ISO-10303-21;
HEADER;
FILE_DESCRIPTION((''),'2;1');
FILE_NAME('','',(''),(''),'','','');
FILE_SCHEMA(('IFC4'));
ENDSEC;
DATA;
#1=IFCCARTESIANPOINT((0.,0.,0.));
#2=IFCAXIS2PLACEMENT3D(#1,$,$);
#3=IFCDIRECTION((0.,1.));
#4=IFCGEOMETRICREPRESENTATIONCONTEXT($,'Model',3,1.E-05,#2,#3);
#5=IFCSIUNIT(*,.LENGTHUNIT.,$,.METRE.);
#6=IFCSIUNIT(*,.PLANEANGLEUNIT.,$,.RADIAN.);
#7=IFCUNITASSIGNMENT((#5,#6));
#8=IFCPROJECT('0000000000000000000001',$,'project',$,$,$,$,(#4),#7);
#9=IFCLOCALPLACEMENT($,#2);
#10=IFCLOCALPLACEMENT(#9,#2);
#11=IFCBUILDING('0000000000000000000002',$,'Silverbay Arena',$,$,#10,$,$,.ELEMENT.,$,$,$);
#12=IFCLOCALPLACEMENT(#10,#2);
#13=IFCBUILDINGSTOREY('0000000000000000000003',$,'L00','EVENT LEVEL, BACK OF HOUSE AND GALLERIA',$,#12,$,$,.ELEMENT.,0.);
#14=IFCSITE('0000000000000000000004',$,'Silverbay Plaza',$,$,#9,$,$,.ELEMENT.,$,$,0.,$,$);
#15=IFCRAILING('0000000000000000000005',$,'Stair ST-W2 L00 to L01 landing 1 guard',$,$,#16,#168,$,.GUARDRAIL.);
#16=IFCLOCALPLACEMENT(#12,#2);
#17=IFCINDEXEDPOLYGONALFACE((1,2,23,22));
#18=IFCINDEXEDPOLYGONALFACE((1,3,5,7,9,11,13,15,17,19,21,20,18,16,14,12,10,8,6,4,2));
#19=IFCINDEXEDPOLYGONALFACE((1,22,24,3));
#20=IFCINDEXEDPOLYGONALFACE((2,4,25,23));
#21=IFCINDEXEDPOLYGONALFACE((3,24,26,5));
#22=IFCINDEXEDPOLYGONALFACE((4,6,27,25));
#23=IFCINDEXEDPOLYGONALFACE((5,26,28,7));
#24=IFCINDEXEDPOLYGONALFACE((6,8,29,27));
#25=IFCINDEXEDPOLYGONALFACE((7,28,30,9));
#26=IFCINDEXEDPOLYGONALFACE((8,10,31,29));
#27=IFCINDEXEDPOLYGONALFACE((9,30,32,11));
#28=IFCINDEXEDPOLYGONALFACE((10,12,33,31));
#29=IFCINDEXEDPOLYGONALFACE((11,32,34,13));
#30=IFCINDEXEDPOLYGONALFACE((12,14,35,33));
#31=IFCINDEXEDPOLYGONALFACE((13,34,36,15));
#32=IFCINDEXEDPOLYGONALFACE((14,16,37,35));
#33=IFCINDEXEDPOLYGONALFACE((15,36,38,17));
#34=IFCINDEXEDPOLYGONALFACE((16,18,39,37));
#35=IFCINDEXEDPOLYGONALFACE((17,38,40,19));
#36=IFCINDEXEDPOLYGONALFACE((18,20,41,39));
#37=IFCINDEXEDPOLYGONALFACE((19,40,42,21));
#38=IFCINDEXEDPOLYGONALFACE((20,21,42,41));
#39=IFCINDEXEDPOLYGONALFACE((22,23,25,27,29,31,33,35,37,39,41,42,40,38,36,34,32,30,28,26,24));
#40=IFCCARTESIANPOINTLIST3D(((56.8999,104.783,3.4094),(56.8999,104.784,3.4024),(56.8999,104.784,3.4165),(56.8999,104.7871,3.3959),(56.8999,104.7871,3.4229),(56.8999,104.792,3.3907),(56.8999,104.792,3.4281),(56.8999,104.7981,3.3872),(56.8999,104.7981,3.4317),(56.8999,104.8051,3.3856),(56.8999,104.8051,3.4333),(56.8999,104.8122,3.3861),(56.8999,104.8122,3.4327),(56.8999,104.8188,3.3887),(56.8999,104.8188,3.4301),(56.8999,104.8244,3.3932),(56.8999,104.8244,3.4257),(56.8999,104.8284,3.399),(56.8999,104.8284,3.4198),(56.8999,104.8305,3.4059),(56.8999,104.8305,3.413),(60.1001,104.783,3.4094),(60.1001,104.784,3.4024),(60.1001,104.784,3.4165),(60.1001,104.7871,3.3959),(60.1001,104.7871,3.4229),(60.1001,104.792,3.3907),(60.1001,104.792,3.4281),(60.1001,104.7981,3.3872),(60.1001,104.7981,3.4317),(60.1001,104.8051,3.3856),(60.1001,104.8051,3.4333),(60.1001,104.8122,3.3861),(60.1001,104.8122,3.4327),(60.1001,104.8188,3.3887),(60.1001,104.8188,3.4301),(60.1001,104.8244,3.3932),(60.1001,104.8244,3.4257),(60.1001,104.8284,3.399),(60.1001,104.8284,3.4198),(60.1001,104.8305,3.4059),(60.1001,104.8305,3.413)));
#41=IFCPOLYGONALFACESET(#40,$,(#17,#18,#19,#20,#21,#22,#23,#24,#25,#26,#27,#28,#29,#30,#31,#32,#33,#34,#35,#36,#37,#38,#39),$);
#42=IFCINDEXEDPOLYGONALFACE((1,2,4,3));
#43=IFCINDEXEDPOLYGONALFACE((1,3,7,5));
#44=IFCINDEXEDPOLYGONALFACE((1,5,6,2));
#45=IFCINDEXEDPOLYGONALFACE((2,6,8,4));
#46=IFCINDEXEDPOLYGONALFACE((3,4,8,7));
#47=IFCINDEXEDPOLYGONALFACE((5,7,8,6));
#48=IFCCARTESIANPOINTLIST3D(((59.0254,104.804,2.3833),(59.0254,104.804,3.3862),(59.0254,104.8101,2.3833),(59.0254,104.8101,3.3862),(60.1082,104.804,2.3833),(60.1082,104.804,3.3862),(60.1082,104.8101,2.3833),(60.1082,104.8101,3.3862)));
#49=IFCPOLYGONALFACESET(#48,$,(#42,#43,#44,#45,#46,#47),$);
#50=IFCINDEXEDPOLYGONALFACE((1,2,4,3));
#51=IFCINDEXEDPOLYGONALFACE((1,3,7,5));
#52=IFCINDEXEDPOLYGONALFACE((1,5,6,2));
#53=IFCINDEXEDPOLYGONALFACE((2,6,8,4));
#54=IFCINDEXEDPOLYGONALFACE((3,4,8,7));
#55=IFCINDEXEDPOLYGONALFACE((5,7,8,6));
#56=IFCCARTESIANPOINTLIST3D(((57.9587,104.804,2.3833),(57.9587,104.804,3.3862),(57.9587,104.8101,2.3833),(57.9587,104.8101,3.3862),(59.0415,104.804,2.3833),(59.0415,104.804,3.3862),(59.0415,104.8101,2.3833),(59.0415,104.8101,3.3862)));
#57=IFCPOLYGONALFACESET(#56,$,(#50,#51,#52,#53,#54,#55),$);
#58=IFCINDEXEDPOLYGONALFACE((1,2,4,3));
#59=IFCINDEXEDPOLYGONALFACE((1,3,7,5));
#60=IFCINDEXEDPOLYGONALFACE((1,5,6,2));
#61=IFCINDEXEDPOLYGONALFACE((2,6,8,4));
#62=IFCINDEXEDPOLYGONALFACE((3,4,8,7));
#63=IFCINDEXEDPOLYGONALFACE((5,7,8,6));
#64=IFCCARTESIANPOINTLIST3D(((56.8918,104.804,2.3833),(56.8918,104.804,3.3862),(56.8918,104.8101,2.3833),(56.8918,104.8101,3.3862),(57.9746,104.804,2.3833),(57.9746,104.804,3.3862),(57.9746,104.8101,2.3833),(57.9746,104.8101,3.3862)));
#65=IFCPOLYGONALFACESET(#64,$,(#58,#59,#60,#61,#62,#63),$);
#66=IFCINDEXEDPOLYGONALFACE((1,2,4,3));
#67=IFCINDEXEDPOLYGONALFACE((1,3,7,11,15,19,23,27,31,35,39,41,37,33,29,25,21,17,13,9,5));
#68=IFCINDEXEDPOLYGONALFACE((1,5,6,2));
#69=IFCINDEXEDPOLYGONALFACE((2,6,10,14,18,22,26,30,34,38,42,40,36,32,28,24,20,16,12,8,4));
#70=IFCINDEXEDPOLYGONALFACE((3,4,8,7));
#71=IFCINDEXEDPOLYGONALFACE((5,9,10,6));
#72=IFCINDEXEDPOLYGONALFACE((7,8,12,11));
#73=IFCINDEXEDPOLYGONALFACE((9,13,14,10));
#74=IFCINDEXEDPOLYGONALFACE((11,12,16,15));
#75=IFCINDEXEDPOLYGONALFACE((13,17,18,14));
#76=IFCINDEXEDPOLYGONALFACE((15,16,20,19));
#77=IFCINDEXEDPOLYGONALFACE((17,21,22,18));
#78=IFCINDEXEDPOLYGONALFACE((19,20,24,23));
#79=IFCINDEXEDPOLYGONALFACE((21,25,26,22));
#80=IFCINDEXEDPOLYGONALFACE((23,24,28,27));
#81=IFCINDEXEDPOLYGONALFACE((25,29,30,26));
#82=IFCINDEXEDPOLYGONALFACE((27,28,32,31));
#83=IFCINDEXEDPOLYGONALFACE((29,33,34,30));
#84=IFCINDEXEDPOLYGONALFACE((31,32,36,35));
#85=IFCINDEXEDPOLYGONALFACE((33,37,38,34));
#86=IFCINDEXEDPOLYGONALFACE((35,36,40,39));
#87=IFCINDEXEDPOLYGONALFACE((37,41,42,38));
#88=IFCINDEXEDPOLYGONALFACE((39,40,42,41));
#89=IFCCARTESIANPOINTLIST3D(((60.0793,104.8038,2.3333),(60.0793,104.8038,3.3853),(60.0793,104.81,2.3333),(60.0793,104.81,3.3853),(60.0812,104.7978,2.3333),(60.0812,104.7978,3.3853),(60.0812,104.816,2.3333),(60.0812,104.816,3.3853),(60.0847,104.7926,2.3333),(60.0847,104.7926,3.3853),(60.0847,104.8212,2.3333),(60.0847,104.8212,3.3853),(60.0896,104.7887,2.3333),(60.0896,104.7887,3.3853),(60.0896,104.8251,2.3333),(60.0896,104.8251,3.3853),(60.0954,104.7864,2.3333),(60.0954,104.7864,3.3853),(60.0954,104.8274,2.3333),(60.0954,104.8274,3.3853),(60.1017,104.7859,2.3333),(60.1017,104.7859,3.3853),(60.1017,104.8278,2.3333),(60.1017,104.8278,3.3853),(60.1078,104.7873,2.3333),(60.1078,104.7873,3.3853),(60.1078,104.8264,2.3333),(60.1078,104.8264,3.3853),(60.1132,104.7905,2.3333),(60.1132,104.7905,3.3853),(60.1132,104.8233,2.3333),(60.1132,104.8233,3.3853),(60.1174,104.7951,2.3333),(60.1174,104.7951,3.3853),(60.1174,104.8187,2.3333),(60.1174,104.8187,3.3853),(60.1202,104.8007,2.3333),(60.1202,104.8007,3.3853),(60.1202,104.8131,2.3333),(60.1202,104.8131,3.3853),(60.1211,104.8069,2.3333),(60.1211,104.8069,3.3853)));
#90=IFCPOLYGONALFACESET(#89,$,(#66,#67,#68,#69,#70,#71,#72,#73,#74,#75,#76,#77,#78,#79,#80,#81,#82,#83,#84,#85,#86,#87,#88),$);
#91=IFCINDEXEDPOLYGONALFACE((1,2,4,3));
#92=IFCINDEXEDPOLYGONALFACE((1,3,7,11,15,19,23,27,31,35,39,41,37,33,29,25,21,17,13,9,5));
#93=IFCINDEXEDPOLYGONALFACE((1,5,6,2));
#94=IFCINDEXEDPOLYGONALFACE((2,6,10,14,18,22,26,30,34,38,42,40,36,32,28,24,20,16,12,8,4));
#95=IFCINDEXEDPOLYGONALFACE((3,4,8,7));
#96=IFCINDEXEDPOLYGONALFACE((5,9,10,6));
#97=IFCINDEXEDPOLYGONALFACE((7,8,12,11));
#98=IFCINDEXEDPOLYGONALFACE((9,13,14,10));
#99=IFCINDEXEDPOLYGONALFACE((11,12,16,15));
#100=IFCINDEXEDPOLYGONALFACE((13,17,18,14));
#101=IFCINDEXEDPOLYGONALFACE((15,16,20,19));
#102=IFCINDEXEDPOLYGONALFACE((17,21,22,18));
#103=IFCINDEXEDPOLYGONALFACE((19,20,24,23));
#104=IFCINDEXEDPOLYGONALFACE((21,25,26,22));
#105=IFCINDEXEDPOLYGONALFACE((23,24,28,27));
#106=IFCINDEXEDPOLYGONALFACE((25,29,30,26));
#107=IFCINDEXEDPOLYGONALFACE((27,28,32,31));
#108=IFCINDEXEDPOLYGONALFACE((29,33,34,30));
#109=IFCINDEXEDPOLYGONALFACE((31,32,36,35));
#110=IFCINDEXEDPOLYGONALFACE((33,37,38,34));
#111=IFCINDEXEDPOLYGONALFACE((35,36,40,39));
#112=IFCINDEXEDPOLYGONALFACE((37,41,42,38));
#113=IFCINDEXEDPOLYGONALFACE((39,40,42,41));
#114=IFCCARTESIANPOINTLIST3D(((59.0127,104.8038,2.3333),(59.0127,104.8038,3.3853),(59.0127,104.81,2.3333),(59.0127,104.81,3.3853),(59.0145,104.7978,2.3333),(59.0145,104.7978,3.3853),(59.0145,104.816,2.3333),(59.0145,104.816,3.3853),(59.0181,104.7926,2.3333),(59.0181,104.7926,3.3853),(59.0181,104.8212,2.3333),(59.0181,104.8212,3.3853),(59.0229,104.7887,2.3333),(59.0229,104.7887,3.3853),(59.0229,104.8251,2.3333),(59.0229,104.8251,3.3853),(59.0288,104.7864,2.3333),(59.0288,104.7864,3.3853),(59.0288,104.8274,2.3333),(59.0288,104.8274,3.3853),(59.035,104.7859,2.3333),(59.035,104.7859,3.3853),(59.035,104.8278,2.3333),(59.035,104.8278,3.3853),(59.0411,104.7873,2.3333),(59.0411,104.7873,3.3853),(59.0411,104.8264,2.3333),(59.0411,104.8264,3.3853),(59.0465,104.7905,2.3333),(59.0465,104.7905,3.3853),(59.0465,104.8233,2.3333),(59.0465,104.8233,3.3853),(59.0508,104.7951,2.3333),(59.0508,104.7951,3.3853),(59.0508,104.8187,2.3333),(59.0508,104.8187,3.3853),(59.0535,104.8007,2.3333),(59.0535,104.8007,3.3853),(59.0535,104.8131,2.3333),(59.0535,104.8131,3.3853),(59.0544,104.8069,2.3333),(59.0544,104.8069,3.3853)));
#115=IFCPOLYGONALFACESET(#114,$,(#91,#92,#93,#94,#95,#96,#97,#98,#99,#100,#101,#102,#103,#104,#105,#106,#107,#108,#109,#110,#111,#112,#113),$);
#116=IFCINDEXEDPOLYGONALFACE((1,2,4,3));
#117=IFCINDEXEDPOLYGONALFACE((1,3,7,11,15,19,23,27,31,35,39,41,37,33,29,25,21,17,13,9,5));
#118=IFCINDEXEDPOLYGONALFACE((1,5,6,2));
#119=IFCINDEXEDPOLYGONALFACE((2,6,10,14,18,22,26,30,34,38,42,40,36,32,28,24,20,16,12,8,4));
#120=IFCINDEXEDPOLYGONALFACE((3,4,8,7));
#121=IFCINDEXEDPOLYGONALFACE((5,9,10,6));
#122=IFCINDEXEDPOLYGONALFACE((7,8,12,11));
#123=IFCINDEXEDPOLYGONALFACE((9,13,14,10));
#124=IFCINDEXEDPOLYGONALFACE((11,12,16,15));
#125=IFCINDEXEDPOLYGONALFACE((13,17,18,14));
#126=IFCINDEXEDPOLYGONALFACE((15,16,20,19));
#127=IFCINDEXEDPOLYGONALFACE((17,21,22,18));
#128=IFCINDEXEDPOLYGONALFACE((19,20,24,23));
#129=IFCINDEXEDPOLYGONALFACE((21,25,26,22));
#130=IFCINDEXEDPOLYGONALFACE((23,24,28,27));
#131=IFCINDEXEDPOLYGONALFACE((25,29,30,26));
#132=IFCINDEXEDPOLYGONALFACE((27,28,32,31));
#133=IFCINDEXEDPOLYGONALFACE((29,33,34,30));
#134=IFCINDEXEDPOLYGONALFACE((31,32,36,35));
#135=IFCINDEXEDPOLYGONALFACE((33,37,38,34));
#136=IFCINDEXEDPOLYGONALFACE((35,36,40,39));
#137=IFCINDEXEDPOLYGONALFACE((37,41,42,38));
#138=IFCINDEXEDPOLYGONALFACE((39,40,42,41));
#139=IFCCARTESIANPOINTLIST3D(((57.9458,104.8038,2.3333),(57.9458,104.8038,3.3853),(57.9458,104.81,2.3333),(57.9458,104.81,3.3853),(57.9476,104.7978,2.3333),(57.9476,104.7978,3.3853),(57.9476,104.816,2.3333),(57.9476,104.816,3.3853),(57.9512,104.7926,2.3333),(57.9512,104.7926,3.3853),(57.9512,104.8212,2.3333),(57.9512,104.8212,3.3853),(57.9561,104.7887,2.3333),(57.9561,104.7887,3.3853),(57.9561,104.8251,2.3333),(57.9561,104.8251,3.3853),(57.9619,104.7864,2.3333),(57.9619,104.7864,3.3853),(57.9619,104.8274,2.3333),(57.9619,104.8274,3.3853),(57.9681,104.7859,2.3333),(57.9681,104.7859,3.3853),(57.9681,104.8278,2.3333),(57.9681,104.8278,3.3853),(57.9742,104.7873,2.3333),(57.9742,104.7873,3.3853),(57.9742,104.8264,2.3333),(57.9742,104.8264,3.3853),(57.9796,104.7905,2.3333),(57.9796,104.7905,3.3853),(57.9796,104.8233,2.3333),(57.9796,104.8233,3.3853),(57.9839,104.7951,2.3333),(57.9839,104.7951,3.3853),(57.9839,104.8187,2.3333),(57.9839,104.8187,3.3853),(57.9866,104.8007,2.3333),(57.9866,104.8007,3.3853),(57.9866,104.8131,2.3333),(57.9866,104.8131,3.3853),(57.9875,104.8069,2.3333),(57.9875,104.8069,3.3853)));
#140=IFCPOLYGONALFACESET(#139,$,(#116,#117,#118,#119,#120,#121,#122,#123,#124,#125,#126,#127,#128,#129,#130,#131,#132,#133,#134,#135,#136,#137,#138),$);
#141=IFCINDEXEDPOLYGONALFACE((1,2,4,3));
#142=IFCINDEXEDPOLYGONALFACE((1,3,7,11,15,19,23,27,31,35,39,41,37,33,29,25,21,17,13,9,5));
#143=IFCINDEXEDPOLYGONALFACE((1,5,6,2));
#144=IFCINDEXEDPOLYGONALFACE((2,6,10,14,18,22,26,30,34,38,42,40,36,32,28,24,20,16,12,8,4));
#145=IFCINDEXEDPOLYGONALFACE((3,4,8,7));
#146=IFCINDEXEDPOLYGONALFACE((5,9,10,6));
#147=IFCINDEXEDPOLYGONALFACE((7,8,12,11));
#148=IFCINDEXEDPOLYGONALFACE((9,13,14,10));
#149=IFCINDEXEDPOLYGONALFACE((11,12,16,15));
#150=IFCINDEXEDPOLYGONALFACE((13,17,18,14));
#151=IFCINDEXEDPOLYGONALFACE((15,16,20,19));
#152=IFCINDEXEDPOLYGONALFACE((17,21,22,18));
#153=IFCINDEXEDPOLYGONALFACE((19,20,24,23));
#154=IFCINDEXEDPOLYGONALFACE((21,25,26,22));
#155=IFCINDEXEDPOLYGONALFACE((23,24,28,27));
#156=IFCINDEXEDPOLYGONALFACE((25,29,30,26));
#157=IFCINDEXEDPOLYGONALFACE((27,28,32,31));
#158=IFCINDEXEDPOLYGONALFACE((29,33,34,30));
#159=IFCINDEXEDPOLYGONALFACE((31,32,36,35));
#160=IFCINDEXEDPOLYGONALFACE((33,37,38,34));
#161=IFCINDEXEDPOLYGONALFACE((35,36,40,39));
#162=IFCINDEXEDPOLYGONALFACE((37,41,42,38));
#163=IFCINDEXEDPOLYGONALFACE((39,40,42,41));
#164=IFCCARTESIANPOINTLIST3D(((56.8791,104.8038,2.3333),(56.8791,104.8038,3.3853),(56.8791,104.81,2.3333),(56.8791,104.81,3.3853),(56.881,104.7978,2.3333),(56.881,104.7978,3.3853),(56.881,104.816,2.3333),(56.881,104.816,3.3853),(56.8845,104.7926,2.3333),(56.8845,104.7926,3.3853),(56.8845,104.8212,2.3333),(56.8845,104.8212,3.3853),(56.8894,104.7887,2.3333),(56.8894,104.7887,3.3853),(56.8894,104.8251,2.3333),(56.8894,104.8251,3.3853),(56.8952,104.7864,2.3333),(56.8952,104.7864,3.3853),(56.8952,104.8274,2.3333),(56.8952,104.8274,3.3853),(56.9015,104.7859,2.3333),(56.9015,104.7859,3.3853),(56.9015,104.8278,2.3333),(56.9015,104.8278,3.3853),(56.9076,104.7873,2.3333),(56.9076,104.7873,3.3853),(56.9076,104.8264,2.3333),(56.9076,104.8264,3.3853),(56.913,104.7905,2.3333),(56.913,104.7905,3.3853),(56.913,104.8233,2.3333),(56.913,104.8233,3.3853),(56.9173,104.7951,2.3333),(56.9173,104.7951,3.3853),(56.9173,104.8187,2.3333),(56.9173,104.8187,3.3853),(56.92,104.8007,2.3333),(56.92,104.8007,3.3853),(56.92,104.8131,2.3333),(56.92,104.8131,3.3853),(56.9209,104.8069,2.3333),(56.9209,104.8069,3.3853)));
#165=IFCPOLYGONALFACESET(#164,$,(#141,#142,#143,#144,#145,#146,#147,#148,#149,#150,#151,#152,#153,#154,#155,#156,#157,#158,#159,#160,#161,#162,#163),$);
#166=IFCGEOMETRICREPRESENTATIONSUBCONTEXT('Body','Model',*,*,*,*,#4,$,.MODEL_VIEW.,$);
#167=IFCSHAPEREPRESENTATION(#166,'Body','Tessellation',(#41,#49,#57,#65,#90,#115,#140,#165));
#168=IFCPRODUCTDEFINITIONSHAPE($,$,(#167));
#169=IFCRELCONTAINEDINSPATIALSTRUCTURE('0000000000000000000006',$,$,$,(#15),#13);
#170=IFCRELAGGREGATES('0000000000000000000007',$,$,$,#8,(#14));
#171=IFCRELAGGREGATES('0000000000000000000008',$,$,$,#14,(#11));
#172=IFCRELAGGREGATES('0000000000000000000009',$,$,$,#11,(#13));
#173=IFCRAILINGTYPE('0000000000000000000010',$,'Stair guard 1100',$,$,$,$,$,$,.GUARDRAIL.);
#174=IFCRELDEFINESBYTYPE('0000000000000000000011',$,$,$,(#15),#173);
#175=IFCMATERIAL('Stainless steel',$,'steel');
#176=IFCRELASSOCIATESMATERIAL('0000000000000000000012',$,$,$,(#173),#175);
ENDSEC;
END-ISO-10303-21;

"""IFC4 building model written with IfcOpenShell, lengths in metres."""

from ifc_helpers import new_model, si_unit, direction, frame, origin, origin_2d, place, context, subcontext, project, spatial, polyline, circle, outline, extrude, material, type_object, element, save


model = new_model("IFC4")

# Units and contexts
model_context = context("Model", 3, precision=1e-05, world=origin(), true_north=direction((0.0, 1.0)))
body_context = subcontext(model_context, "Body", "Model", "MODEL_VIEW")
ifc_project = project(units=[si_unit("LENGTHUNIT", "METRE"), si_unit("PLANEANGLEUNIT", "RADIAN")], contexts=[model_context])

# Site, building, storey
site_placement = place(None, origin())
site = spatial("IfcSite", under=ifc_project, at=site_placement, Name="Silverbay Plaza", CompositionType="ELEMENT", RefElevation=0.0)
building_placement = place(site_placement, origin())
building = spatial("IfcBuilding", under=site, at=building_placement, Name="Silverbay Arena", CompositionType="ELEMENT")
storey_placement = place(building_placement, origin())
storey = spatial("IfcBuildingStorey", under=building, at=storey_placement, Name="L00", Description="EVENT LEVEL, BACK OF HOUSE AND GALLERIA", CompositionType="ELEMENT", Elevation=0.0)

# Railing
ifc_material_1 = material(Name="Stainless steel", Category="steel")
railing_type_1 = type_object("IfcRailingType", Name="Stair guard 1100", PredefinedType="GUARDRAIL", material=ifc_material_1)
railing_1_placement = place(storey_placement, frame((60.1001, 104.8069, 2.3333)))
element("IfcRailing", 1, at=railing_1_placement, inside=storey, type_object=railing_type_1, Name="Stair ST-W2 L00 to L01 landing 1 guard", PredefinedType="GUARDRAIL", context=body_context, shape_type="SweptSolid", body=[
    extrude(circle(Radius=0.0239, at=origin_2d()), frame((0.0, 0.0, 1.0762), z_axis=(-1.0, 0.0, 0.0), x_axis=(0.0, -1.0, 0.0)), (0.0, 0.0, 1.0), 3.2002),
    extrude(outline(polyline([(-0.0081, 0.05), (1.0747, 0.05), (1.0747, 1.053), (-0.0081, 1.053), (-0.0081, 0.05)])), frame((0.0, -0.0029, 0.0), z_axis=(0.0, 1.0, 0.0), x_axis=(-1.0, 0.0, 0.0)), (0.0, 0.0, 1.0), 0.0061),
    extrude(outline(polyline([(-0.0081, 0.05), (1.0747, 0.05), (1.0747, 1.053), (-0.0081, 1.053), (-0.0081, 0.05)])), frame((-1.0667, -0.0029, 0.0), z_axis=(0.0, 1.0, 0.0), x_axis=(-1.0, 0.0, 0.0)), (0.0, 0.0, 1.0), 0.0061),
    extrude(outline(polyline([(-0.0081, 0.05), (1.0747, 0.05), (1.0747, 1.053), (-0.0081, 1.053), (-0.0081, 0.05)])), frame((-2.1335, -0.0029, 0.0), z_axis=(0.0, 1.0, 0.0), x_axis=(-1.0, 0.0, 0.0)), (0.0, 0.0, 1.0), 0.0061),
    extrude(circle(Radius=0.021, at=origin_2d()), origin(), (0.0, 0.0, 1.0), 1.052),
    extrude(circle(Radius=0.021, at=origin_2d()), frame((-1.0667, 0.0, 0.0)), (0.0, 0.0, 1.0), 1.052),
    extrude(circle(Radius=0.021, at=origin_2d()), frame((-2.1335, 0.0, 0.0)), (0.0, 0.0, 1.0), 1.052),
    extrude(circle(Radius=0.021, at=origin_2d()), frame((-3.2002, 0.0, 0.0)), (0.0, 0.0, 1.0), 1.052),
])

save(model, "model.ifc")
